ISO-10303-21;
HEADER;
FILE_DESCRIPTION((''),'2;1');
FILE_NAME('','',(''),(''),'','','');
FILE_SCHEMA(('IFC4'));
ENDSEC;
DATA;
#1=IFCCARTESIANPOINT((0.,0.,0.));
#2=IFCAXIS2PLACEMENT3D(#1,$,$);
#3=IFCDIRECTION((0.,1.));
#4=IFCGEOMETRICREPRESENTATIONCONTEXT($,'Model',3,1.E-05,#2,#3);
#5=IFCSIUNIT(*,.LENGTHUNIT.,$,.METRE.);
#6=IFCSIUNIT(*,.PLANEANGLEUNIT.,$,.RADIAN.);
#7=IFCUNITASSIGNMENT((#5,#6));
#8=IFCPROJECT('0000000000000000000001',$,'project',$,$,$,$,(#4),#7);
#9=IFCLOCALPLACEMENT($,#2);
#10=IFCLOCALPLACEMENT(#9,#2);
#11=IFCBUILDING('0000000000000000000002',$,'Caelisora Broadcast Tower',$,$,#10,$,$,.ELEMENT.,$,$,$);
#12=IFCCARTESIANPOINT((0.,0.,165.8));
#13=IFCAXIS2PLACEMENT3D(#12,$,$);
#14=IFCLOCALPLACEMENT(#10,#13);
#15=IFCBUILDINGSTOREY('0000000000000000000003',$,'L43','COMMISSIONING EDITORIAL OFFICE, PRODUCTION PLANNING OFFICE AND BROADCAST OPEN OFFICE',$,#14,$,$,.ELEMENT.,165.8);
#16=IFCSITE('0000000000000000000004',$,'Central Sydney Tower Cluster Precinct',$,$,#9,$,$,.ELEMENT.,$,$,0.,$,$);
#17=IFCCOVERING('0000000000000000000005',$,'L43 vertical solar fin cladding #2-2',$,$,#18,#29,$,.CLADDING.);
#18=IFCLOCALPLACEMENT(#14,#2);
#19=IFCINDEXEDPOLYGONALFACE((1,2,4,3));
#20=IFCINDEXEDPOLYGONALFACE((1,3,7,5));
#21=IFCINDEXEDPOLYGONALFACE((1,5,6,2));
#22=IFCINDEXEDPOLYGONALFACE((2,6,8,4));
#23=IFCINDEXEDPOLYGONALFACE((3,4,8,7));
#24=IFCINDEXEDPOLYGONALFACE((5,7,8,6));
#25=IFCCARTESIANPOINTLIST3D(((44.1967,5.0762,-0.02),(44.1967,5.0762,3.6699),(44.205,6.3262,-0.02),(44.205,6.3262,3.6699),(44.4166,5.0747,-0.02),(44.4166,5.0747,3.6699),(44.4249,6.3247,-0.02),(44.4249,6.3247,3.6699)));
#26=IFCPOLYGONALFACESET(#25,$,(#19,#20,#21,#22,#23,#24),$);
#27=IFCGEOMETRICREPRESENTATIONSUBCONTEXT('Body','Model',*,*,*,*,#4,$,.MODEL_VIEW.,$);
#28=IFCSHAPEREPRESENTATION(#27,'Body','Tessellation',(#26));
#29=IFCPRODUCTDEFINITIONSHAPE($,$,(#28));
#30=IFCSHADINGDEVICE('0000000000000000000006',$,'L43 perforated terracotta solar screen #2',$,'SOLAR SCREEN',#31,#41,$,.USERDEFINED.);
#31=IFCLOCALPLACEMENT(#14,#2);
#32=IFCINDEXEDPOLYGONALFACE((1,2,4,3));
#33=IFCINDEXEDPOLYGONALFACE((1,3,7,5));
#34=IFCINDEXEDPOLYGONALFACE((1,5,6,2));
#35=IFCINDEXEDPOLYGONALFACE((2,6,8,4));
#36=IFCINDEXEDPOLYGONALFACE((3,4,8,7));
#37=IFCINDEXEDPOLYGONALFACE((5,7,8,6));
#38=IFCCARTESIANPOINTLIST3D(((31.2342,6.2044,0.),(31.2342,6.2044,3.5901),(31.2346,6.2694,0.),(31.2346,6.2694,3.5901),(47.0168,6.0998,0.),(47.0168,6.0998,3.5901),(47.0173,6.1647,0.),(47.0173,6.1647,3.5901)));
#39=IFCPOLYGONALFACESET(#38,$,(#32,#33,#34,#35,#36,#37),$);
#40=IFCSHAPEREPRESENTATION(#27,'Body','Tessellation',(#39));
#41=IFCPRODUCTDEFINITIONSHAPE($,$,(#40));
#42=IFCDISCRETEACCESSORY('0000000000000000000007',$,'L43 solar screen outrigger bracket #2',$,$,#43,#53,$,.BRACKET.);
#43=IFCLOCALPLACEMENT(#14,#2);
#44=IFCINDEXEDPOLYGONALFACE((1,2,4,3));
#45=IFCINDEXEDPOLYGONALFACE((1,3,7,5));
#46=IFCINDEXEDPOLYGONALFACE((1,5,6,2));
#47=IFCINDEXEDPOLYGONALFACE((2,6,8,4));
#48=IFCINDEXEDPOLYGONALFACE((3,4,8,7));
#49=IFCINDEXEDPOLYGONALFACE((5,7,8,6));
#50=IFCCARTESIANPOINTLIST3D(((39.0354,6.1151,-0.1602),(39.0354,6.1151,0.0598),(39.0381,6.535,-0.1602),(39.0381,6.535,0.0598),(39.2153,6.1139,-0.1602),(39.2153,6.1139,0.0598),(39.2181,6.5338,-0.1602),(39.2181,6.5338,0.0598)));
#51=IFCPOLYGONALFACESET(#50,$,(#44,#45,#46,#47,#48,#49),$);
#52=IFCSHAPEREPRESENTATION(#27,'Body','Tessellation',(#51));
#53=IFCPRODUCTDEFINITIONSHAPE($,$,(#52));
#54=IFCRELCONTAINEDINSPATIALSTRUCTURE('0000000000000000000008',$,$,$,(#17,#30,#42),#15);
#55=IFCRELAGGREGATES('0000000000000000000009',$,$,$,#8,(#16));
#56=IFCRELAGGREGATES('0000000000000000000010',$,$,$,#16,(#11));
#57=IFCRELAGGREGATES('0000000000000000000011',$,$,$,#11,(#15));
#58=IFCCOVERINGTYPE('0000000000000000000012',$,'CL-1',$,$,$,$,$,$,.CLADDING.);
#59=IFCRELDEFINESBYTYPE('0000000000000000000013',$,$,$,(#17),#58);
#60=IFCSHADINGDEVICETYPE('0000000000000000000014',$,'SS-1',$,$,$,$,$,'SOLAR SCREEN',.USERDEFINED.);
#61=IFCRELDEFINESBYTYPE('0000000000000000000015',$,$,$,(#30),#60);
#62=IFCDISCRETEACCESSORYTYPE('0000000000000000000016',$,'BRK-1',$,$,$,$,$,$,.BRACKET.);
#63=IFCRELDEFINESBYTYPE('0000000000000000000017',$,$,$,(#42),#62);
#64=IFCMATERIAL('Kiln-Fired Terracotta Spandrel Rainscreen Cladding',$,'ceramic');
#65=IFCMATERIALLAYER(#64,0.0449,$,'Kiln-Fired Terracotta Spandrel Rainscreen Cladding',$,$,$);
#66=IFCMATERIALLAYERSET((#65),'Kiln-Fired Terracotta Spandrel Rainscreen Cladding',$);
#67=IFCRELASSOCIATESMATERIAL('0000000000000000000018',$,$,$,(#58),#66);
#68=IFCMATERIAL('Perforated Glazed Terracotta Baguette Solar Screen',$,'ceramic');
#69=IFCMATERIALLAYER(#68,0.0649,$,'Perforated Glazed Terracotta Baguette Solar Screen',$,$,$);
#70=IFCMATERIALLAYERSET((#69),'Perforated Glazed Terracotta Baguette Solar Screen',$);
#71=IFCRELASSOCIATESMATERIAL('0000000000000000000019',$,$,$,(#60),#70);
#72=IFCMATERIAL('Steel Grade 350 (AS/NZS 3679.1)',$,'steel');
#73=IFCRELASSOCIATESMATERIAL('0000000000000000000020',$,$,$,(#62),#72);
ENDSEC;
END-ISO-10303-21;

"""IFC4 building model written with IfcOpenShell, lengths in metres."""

from ifc_helpers import new_model, si_unit, direction, frame, origin, origin_2d, place, context, subcontext, project, spatial, rectangle, extrude, source, transform, mapped, material, layer, layer_set, type_object, type_shapes, element, save


model = new_model("IFC4")

# Units and contexts
model_context = context("Model", 3, precision=1e-05, world=origin(), true_north=direction((0.0, 1.0)))
body_context = subcontext(model_context, "Body", "Model", "MODEL_VIEW")
ifc_project = project(units=[si_unit("LENGTHUNIT", "METRE"), si_unit("PLANEANGLEUNIT", "RADIAN")], contexts=[model_context])

# Site, building, storey
site_placement = place(None, origin())
site = spatial("IfcSite", under=ifc_project, at=site_placement, Name="Central Sydney Tower Cluster Precinct", CompositionType="ELEMENT", RefElevation=0.0)
building_placement = place(site_placement, origin())
building = spatial("IfcBuilding", under=site, at=building_placement, Name="Caelisora Broadcast Tower", CompositionType="ELEMENT")
storey_placement = place(building_placement, frame((0.0, 0.0, 165.8)))
storey = spatial("IfcBuildingStorey", under=building, at=storey_placement, Name="L43", Description="COMMISSIONING EDITORIAL OFFICE, PRODUCTION PLANNING OFFICE AND BROADCAST OPEN OFFICE", CompositionType="ELEMENT", Elevation=165.8)

# Shared definitions
ifc_material_1 = material(Name="Steel Grade 350 (AS/NZS 3679.1)", Category="steel")

# Covering
ifc_material_2 = material(Name="Kiln-Fired Terracotta Spandrel Rainscreen Cladding", Category="ceramic")
ifc_layer_1 = layer(ifc_material_2, 0.0449, Name="Kiln-Fired Terracotta Spandrel Rainscreen Cladding")
ifc_layer_set_1 = layer_set([ifc_layer_1], Name="Kiln-Fired Terracotta Spandrel Rainscreen Cladding")
covering_type = type_object("IfcCoveringType", Name="CL-1", PredefinedType="CLADDING", material=ifc_layer_set_1)
shared_shape_1 = source(origin(), body_context, "Body", "SweptSolid", [
    extrude(rectangle(XDim=0.22, YDim=1.25, at=origin_2d()), origin(), (0.0, 0.0, 1.0), 3.6899),
])
type_shapes(covering_type, [shared_shape_1])
covering_placement = place(storey_placement, frame((44.3108, 5.7004, -0.02), z_axis=(0.0, 0.0, 1.0), x_axis=(-0.999978, 0.006632, 0.0)))
element("IfcCovering", 1, at=covering_placement, inside=storey, type_object=covering_type, Name="L43 vertical solar fin cladding #2-2", PredefinedType="CLADDING", context=body_context, shape_type="MappedRepresentation", body=[
    mapped(shared_shape_1, transform((0.0, 0.0, 0.0), scale=1.0)),
])

# Shading device
ifc_material_3 = material(Name="Perforated Glazed Terracotta Baguette Solar Screen", Category="ceramic")
ifc_layer_2 = layer(ifc_material_3, 0.0649, Name="Perforated Glazed Terracotta Baguette Solar Screen")
ifc_layer_set_2 = layer_set([ifc_layer_2], Name="Perforated Glazed Terracotta Baguette Solar Screen")
shading_device_type = type_object("IfcShadingDeviceType", Name="SS-1", ElementType="SOLAR SCREEN", PredefinedType="USERDEFINED", material=ifc_layer_set_2)
shared_shape_2 = source(origin(), body_context, "Body", "SweptSolid", [
    extrude(rectangle(XDim=15.783, YDim=0.0649, at=origin_2d()), origin(), (0.0, 0.0, 1.0), 3.5901),
])
type_shapes(shading_device_type, [shared_shape_2])
shading_device_placement = place(storey_placement, frame((39.1257, 6.1846, 0.0), z_axis=(0.0, 0.0, 1.0), x_axis=(0.999978, -0.006632, 0.0)))
element("IfcShadingDevice", 2, at=shading_device_placement, inside=storey, type_object=shading_device_type, Name="L43 perforated terracotta solar screen #2", ObjectType="SOLAR SCREEN", PredefinedType="USERDEFINED", context=body_context, shape_type="MappedRepresentation", body=[
    mapped(shared_shape_2, transform((0.0, 0.0, 0.0), scale=1.0)),
])

# Discrete accessory
discrete_accessory_type = type_object("IfcDiscreteAccessoryType", Name="BRK-1", PredefinedType="BRACKET", material=ifc_material_1)
shared_shape_3 = source(origin(), body_context, "Body", "SweptSolid", [
    extrude(rectangle(XDim=0.1799, YDim=0.4199, at=origin_2d()), origin(), (0.0, 0.0, 1.0), 0.22),
])
type_shapes(discrete_accessory_type, [shared_shape_3])
discrete_accessory_placement = place(storey_placement, frame((39.1267, 6.3245, -0.1602), z_axis=(0.0, 0.0, 1.0), x_axis=(0.999978, -0.006632, 0.0)))
element("IfcDiscreteAccessory", 3, at=discrete_accessory_placement, inside=storey, type_object=discrete_accessory_type, Name="L43 solar screen outrigger bracket #2", PredefinedType="BRACKET", context=body_context, shape_type="MappedRepresentation", body=[
    mapped(shared_shape_3, transform((0.0, 0.0, 0.0), scale=1.0)),
])

save(model, "model.ifc")
